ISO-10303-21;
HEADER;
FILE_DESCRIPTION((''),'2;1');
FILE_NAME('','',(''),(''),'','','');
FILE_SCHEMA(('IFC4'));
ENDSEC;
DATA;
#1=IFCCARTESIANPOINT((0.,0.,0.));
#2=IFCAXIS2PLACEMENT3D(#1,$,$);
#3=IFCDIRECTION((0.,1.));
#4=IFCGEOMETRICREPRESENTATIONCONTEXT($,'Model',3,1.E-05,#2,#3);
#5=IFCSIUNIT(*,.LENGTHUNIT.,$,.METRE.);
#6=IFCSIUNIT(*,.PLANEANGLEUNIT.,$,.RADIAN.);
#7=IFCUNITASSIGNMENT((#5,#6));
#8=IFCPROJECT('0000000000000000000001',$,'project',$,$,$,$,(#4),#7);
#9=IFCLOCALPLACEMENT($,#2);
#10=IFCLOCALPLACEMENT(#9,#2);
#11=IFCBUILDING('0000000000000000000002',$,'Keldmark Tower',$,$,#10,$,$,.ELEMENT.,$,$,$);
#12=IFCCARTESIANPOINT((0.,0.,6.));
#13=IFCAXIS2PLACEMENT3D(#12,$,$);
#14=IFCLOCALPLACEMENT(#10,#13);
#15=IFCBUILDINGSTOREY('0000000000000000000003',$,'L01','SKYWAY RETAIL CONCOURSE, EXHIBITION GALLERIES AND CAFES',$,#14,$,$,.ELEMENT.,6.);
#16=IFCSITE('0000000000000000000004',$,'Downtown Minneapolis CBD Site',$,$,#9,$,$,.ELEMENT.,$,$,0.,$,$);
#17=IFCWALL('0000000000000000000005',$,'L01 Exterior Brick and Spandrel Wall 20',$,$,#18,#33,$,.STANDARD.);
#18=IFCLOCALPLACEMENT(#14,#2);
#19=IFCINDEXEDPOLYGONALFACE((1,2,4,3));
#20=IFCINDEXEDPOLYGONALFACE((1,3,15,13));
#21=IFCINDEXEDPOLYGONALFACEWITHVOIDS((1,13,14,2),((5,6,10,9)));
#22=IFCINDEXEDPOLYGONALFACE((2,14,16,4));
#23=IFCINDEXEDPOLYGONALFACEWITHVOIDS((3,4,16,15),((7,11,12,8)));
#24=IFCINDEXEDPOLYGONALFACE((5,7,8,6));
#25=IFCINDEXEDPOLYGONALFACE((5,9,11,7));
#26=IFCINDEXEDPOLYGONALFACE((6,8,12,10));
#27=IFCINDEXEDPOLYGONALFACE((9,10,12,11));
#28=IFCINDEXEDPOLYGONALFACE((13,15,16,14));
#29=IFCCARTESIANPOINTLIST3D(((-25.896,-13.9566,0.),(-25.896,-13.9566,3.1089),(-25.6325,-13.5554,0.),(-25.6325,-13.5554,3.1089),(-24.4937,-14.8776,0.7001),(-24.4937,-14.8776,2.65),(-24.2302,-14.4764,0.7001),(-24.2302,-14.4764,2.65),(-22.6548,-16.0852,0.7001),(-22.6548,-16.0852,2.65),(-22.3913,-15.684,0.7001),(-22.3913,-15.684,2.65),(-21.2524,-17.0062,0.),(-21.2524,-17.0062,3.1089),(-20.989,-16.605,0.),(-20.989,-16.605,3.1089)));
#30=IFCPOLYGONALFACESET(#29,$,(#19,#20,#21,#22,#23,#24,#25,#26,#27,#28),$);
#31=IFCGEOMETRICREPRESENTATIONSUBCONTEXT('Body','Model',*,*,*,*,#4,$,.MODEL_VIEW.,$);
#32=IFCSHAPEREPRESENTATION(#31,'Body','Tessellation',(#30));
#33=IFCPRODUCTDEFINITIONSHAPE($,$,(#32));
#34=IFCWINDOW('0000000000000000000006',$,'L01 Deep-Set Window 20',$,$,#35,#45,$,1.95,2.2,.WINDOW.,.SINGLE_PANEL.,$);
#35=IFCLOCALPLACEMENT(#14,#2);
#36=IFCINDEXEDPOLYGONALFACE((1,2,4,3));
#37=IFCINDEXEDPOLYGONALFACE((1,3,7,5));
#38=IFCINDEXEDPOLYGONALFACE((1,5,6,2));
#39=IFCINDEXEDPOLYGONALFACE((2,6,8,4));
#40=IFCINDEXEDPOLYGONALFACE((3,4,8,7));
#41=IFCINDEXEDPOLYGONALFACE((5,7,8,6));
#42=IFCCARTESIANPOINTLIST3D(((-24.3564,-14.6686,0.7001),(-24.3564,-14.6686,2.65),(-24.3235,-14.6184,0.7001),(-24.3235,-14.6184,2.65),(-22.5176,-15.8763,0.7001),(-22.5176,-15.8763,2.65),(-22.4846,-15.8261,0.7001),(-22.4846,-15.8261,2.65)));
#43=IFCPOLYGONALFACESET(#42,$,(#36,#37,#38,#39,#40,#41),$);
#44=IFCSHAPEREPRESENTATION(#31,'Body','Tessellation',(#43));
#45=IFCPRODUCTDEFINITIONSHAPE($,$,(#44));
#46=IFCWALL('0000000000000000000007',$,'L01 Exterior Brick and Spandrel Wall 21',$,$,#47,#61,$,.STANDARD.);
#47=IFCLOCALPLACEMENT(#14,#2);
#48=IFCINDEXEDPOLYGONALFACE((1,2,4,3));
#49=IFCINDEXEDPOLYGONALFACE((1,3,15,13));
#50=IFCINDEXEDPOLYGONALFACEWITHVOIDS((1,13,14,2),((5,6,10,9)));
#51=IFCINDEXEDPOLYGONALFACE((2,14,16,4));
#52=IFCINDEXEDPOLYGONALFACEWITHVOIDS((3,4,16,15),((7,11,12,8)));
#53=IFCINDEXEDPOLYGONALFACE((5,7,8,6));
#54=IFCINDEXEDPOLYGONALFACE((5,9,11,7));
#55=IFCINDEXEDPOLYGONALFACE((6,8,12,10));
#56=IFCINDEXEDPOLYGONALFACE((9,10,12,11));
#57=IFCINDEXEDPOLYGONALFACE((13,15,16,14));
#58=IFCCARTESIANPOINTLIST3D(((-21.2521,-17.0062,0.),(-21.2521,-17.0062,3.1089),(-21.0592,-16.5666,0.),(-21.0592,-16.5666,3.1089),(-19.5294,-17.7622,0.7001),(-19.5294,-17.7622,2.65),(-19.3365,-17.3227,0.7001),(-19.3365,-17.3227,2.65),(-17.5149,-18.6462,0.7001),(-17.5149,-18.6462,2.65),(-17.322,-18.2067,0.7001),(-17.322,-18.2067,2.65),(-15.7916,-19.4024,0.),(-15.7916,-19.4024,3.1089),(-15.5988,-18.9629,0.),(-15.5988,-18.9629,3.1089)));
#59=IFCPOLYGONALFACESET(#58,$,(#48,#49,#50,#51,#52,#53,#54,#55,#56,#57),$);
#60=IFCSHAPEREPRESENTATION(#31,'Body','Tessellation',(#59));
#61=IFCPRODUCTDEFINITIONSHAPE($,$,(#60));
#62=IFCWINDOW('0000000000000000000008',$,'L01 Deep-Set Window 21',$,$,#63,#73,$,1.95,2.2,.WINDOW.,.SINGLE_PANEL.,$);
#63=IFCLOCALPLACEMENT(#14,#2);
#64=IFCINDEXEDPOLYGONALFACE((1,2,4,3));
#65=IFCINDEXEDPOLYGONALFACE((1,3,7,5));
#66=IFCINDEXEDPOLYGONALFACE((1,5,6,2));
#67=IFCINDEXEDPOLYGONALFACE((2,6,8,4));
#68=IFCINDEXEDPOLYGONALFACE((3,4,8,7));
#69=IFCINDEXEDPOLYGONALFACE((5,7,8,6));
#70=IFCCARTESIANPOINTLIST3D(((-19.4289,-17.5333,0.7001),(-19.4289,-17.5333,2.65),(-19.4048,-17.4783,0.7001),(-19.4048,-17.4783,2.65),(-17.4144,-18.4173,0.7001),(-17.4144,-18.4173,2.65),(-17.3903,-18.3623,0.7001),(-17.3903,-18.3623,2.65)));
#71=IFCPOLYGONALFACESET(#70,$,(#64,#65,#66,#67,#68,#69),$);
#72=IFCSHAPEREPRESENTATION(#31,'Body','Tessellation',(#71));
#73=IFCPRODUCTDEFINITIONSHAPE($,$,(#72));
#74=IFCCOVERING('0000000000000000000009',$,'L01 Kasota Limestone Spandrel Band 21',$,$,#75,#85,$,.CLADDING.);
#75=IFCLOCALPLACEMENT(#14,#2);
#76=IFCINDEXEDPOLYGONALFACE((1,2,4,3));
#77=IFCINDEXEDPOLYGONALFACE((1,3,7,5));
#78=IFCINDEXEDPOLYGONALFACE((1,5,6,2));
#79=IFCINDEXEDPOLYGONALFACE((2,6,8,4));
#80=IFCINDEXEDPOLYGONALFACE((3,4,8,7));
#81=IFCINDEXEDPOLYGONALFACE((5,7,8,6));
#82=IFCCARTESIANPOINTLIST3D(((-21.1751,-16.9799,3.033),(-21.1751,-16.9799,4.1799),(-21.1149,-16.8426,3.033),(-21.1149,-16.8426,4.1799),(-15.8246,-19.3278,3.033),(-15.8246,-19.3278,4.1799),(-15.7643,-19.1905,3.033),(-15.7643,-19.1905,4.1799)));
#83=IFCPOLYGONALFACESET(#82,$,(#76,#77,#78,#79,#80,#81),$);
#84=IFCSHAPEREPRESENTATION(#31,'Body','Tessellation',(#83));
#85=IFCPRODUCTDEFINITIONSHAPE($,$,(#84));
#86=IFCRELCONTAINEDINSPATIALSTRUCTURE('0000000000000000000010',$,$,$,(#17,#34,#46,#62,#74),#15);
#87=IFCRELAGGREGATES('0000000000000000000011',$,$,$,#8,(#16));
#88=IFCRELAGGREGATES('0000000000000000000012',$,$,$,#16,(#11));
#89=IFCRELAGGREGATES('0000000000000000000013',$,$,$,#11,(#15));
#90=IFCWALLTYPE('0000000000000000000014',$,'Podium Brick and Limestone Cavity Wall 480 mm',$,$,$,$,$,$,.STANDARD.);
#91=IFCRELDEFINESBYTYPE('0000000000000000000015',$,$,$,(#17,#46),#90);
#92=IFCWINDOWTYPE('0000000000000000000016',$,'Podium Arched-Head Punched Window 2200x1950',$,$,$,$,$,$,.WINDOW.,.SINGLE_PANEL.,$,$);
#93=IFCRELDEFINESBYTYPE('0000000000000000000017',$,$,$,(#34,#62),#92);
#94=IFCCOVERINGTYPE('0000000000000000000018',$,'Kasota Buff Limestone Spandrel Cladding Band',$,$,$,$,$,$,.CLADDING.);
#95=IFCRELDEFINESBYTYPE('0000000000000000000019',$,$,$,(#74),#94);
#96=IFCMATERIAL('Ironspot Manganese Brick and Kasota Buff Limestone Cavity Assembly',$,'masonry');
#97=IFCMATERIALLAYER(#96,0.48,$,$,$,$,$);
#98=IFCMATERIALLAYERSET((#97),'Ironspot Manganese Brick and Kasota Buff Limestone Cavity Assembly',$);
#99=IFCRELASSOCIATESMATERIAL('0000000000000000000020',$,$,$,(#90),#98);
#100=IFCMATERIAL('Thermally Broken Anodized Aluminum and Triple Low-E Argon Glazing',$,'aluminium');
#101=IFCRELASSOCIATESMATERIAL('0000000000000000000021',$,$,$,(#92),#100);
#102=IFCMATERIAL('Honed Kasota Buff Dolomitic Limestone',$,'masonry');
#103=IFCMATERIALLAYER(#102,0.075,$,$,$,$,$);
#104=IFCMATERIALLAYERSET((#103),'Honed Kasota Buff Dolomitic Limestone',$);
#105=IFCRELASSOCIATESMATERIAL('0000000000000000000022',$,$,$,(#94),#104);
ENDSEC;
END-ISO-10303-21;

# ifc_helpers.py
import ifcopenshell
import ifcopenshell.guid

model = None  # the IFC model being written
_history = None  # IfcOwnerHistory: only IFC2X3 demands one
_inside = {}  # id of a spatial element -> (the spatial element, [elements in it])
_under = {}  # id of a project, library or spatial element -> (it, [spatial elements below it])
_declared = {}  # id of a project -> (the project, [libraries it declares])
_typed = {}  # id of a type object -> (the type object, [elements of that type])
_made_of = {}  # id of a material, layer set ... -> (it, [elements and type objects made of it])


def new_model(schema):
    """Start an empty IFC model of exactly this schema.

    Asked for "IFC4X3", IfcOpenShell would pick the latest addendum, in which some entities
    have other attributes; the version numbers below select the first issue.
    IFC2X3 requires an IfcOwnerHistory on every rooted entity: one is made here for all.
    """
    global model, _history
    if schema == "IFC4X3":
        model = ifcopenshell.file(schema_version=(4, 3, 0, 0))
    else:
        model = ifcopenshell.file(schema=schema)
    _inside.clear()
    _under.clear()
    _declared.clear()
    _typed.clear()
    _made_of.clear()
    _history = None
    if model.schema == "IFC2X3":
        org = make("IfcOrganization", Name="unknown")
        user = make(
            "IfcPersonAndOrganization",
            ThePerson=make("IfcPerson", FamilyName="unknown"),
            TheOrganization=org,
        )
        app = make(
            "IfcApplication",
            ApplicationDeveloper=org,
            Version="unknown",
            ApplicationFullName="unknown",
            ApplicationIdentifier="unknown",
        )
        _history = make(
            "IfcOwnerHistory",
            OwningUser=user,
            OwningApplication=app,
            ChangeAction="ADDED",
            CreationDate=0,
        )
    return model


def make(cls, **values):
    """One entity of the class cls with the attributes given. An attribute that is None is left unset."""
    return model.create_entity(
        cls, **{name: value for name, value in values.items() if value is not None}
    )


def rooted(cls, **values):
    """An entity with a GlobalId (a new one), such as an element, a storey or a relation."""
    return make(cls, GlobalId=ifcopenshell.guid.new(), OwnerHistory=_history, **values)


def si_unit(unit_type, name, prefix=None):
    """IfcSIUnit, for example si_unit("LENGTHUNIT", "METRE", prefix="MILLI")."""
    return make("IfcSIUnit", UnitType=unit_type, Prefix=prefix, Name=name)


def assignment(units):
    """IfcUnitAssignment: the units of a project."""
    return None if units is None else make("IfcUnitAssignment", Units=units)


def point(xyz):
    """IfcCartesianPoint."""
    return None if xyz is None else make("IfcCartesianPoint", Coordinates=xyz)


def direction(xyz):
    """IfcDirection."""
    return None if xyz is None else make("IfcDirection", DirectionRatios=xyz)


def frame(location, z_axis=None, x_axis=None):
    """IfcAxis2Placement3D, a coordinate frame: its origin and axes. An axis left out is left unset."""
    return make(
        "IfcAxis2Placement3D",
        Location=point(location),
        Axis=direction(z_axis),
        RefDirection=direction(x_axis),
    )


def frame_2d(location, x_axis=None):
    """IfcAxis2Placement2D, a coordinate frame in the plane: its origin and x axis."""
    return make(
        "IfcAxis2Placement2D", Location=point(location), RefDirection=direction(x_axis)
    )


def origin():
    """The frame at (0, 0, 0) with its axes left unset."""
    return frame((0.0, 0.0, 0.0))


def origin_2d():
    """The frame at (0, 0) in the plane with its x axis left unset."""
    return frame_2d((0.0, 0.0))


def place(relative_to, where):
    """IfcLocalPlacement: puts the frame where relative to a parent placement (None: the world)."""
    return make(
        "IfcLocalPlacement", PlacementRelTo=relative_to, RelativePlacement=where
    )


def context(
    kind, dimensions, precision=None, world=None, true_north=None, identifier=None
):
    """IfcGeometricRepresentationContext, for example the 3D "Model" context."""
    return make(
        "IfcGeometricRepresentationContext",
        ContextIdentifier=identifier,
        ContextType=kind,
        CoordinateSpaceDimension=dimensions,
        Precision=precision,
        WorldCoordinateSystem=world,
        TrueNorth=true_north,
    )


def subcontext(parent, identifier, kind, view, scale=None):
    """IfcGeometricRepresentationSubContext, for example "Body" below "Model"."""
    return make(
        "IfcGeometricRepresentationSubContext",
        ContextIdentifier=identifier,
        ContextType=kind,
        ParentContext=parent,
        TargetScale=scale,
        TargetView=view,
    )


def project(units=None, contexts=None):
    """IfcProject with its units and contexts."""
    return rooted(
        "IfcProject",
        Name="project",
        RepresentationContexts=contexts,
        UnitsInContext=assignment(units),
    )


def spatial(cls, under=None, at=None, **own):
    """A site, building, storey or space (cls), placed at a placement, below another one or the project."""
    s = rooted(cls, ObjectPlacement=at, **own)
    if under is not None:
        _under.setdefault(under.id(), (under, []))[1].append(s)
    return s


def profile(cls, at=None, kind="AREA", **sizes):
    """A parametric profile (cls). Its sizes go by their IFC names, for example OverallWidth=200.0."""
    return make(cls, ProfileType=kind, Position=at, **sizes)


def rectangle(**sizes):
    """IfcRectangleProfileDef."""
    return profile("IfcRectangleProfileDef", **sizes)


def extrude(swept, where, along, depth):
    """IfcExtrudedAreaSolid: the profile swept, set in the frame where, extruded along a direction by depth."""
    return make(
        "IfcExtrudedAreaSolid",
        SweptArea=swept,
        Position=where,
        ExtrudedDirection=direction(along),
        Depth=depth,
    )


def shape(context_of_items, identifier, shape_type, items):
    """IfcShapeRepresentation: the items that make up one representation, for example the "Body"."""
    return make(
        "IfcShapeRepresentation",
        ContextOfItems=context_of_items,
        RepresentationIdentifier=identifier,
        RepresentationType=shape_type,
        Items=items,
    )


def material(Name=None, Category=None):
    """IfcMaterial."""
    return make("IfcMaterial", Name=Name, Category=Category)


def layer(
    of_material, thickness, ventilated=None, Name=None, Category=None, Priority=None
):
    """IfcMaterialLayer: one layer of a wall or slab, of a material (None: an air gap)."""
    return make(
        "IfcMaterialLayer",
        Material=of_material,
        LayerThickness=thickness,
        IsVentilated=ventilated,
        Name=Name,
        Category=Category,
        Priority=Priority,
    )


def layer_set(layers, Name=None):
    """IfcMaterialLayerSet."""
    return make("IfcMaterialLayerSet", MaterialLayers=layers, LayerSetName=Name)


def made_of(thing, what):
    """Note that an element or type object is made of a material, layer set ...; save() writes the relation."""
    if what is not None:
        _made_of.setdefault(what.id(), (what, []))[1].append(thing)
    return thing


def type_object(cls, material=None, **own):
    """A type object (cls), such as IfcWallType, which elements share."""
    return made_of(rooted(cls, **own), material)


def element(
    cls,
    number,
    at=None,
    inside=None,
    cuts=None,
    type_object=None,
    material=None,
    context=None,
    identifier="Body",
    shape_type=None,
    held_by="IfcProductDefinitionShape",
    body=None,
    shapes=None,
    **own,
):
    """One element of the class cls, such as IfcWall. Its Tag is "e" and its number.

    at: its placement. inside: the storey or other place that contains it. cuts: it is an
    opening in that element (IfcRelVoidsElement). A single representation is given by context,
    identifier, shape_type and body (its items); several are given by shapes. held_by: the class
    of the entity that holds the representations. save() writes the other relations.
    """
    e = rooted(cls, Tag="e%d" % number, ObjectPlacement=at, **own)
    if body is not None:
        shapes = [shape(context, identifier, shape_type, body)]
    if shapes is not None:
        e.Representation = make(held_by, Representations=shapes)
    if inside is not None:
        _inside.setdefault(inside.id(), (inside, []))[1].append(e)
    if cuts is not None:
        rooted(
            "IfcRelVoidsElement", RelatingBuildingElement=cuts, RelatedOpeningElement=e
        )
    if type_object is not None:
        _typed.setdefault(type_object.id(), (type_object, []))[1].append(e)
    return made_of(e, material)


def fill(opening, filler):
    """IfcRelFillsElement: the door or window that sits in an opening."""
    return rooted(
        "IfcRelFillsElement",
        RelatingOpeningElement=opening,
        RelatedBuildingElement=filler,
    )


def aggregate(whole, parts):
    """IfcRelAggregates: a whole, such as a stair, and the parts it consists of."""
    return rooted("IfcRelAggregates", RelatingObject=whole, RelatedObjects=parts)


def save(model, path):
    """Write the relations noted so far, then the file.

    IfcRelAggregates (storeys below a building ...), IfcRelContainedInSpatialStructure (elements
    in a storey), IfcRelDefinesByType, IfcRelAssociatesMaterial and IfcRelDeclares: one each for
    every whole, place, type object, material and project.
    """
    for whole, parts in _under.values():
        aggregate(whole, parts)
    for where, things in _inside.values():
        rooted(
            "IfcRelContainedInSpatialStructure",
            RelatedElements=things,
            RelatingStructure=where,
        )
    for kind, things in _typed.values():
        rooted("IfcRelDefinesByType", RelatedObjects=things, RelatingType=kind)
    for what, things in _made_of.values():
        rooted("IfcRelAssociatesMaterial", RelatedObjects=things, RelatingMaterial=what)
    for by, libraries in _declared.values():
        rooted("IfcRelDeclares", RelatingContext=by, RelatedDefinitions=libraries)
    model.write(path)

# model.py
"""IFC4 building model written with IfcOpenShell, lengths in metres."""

from ifc_helpers import new_model, si_unit, direction, frame, frame_2d, origin, origin_2d, place, context, subcontext, project, spatial, rectangle, extrude, material, layer, layer_set, type_object, element, fill, save


model = new_model("IFC4")

# Units and contexts
model_context = context("Model", 3, precision=1e-05, world=origin(), true_north=direction((0.0, 1.0)))
body_context = subcontext(model_context, "Body", "Model", "MODEL_VIEW")
ifc_project = project(units=[si_unit("LENGTHUNIT", "METRE"), si_unit("PLANEANGLEUNIT", "RADIAN")], contexts=[model_context])

# Site, building, storey
site_placement = place(None, origin())
site = spatial("IfcSite", under=ifc_project, at=site_placement, Name="Downtown Minneapolis CBD Site", CompositionType="ELEMENT", RefElevation=0.0)
building_placement = place(site_placement, origin())
building = spatial("IfcBuilding", under=site, at=building_placement, Name="Keldmark Tower", CompositionType="ELEMENT")
storey_placement = place(building_placement, frame((0.0, 0.0, 6.0)))
storey = spatial("IfcBuildingStorey", under=building, at=storey_placement, Name="L01", Description="SKYWAY RETAIL CONCOURSE, EXHIBITION GALLERIES AND CAFES", CompositionType="ELEMENT", Elevation=6.0)

# Walls, openings, windows
ifc_material_1 = material(Name="Ironspot Manganese Brick and Kasota Buff Limestone Cavity Assembly", Category="masonry")
ifc_layer_1 = layer(ifc_material_1, 0.48)
ifc_layer_set_1 = layer_set([ifc_layer_1], Name="Ironspot Manganese Brick and Kasota Buff Limestone Cavity Assembly")
wall_type_1 = type_object("IfcWallType", Name="Podium Brick and Limestone Cavity Wall 480 mm", PredefinedType="STANDARD", material=ifc_layer_set_1)
wall_1_placement = place(storey_placement, frame((-21.1206, -16.8057, 0.0), z_axis=(0.0, 0.0, 1.0), x_axis=(-0.835864, 0.548937, 0.0)))
wall_1 = element("IfcWall", 1, at=wall_1_placement, inside=storey, type_object=wall_type_1, Name="L01 Exterior Brick and Spandrel Wall 20", PredefinedType="STANDARD", context=body_context, shape_type="SweptSolid", body=[
    extrude(rectangle(XDim=5.5554, YDim=0.48, at=frame_2d((2.7778, 0.0))), origin(), (0.0, 0.0, 1.0), 3.1089),
])
opening_1_placement = place(wall_1_placement, frame((1.6777, 0.0, 0.7)))
opening_1 = element("IfcOpeningElement", 2, at=opening_1_placement, cuts=wall_1, PredefinedType="OPENING", context=body_context, shape_type="SweptSolid", body=[
    extrude(rectangle(XDim=2.2, YDim=1.95, at=frame_2d((1.1001, 0.9751))), frame((0.0, 0.25, 0.0), z_axis=(0.0, -1.0, 0.0), x_axis=(1.0, 0.0, 0.0)), (0.0, 0.0, 1.0), 0.5),
])
ifc_material_2 = material(Name="Thermally Broken Anodized Aluminum and Triple Low-E Argon Glazing", Category="aluminium")
window_type = type_object("IfcWindowType", Name="Podium Arched-Head Punched Window 2200x1950", PartitioningType="SINGLE_PANEL", PredefinedType="WINDOW", material=ifc_material_2)
window_1_placement = place(opening_1_placement, origin())
window_1 = element("IfcWindow", 3, at=window_1_placement, inside=storey, type_object=window_type, Name="L01 Deep-Set Window 20", OverallHeight=1.95, OverallWidth=2.2, PartitioningType="SINGLE_PANEL", PredefinedType="WINDOW", context=body_context, shape_type="SweptSolid", body=[
    extrude(rectangle(XDim=2.2, YDim=1.95, at=frame_2d((1.1001, 0.9751))), frame((0.0, -0.01, 0.0), z_axis=(0.0, -1.0, 0.0), x_axis=(1.0, 0.0, 0.0)), (0.0, 0.0, 1.0), 0.0601),
])
fill(opening_1, window_1)
wall_2_placement = place(storey_placement, frame((-15.6953, -19.1826, 0.0), z_axis=(0.0, 0.0, 1.0), x_axis=(-0.915708, 0.401845, 0.0)))
wall_2 = element("IfcWall", 4, at=wall_2_placement, inside=storey, type_object=wall_type_1, Name="L01 Exterior Brick and Spandrel Wall 21", PredefinedType="STANDARD", context=body_context, shape_type="SweptSolid", body=[
    extrude(rectangle(XDim=5.9631, YDim=0.48, at=frame_2d((2.9814, 0.0))), origin(), (0.0, 0.0, 1.0), 3.1089),
])
opening_2_placement = place(wall_2_placement, frame((1.8816, 0.0, 0.7)))
opening_2 = element("IfcOpeningElement", 5, at=opening_2_placement, cuts=wall_2, PredefinedType="OPENING", context=body_context, shape_type="SweptSolid", body=[
    extrude(rectangle(XDim=2.2, YDim=1.95, at=frame_2d((1.1001, 0.9751))), frame((0.0, 0.25, 0.0), z_axis=(0.0, -1.0, 0.0), x_axis=(1.0, 0.0, 0.0)), (0.0, 0.0, 1.0), 0.5),
])
window_2_placement = place(opening_2_placement, origin())
window_2 = element("IfcWindow", 6, at=window_2_placement, inside=storey, type_object=window_type, Name="L01 Deep-Set Window 21", OverallHeight=1.95, OverallWidth=2.2, PartitioningType="SINGLE_PANEL", PredefinedType="WINDOW", context=body_context, shape_type="SweptSolid", body=[
    extrude(rectangle(XDim=2.2, YDim=1.95, at=frame_2d((1.1001, 0.9751))), frame((0.0, -0.01, 0.0), z_axis=(0.0, -1.0, 0.0), x_axis=(1.0, 0.0, 0.0)), (0.0, 0.0, 1.0), 0.0601),
])
fill(opening_2, window_2)

# Covering
ifc_material_3 = material(Name="Honed Kasota Buff Dolomitic Limestone", Category="masonry")
ifc_layer_2 = layer(ifc_material_3, 0.075)
ifc_layer_set_2 = layer_set([ifc_layer_2], Name="Honed Kasota Buff Dolomitic Limestone")
covering_type = type_object("IfcCoveringType", Name="Kasota Buff Limestone Spandrel Cladding Band", PredefinedType="CLADDING", material=ifc_layer_set_2)
covering_placement = place(storey_placement, frame((-18.4697, -18.0852, 3.033), z_axis=(0.0, 0.0, 1.0), x_axis=(0.915712, -0.401836, 0.0)))
element("IfcCovering", 7, at=covering_placement, inside=storey, type_object=covering_type, Name="L01 Kasota Limestone Spandrel Band 21", PredefinedType="CLADDING", context=body_context, shape_type="SweptSolid", body=[
    extrude(rectangle(XDim=5.843, YDim=0.1499, at=origin_2d()), origin(), (0.0, 0.0, 1.0), 1.147),
])

save(model, "model.ifc")
